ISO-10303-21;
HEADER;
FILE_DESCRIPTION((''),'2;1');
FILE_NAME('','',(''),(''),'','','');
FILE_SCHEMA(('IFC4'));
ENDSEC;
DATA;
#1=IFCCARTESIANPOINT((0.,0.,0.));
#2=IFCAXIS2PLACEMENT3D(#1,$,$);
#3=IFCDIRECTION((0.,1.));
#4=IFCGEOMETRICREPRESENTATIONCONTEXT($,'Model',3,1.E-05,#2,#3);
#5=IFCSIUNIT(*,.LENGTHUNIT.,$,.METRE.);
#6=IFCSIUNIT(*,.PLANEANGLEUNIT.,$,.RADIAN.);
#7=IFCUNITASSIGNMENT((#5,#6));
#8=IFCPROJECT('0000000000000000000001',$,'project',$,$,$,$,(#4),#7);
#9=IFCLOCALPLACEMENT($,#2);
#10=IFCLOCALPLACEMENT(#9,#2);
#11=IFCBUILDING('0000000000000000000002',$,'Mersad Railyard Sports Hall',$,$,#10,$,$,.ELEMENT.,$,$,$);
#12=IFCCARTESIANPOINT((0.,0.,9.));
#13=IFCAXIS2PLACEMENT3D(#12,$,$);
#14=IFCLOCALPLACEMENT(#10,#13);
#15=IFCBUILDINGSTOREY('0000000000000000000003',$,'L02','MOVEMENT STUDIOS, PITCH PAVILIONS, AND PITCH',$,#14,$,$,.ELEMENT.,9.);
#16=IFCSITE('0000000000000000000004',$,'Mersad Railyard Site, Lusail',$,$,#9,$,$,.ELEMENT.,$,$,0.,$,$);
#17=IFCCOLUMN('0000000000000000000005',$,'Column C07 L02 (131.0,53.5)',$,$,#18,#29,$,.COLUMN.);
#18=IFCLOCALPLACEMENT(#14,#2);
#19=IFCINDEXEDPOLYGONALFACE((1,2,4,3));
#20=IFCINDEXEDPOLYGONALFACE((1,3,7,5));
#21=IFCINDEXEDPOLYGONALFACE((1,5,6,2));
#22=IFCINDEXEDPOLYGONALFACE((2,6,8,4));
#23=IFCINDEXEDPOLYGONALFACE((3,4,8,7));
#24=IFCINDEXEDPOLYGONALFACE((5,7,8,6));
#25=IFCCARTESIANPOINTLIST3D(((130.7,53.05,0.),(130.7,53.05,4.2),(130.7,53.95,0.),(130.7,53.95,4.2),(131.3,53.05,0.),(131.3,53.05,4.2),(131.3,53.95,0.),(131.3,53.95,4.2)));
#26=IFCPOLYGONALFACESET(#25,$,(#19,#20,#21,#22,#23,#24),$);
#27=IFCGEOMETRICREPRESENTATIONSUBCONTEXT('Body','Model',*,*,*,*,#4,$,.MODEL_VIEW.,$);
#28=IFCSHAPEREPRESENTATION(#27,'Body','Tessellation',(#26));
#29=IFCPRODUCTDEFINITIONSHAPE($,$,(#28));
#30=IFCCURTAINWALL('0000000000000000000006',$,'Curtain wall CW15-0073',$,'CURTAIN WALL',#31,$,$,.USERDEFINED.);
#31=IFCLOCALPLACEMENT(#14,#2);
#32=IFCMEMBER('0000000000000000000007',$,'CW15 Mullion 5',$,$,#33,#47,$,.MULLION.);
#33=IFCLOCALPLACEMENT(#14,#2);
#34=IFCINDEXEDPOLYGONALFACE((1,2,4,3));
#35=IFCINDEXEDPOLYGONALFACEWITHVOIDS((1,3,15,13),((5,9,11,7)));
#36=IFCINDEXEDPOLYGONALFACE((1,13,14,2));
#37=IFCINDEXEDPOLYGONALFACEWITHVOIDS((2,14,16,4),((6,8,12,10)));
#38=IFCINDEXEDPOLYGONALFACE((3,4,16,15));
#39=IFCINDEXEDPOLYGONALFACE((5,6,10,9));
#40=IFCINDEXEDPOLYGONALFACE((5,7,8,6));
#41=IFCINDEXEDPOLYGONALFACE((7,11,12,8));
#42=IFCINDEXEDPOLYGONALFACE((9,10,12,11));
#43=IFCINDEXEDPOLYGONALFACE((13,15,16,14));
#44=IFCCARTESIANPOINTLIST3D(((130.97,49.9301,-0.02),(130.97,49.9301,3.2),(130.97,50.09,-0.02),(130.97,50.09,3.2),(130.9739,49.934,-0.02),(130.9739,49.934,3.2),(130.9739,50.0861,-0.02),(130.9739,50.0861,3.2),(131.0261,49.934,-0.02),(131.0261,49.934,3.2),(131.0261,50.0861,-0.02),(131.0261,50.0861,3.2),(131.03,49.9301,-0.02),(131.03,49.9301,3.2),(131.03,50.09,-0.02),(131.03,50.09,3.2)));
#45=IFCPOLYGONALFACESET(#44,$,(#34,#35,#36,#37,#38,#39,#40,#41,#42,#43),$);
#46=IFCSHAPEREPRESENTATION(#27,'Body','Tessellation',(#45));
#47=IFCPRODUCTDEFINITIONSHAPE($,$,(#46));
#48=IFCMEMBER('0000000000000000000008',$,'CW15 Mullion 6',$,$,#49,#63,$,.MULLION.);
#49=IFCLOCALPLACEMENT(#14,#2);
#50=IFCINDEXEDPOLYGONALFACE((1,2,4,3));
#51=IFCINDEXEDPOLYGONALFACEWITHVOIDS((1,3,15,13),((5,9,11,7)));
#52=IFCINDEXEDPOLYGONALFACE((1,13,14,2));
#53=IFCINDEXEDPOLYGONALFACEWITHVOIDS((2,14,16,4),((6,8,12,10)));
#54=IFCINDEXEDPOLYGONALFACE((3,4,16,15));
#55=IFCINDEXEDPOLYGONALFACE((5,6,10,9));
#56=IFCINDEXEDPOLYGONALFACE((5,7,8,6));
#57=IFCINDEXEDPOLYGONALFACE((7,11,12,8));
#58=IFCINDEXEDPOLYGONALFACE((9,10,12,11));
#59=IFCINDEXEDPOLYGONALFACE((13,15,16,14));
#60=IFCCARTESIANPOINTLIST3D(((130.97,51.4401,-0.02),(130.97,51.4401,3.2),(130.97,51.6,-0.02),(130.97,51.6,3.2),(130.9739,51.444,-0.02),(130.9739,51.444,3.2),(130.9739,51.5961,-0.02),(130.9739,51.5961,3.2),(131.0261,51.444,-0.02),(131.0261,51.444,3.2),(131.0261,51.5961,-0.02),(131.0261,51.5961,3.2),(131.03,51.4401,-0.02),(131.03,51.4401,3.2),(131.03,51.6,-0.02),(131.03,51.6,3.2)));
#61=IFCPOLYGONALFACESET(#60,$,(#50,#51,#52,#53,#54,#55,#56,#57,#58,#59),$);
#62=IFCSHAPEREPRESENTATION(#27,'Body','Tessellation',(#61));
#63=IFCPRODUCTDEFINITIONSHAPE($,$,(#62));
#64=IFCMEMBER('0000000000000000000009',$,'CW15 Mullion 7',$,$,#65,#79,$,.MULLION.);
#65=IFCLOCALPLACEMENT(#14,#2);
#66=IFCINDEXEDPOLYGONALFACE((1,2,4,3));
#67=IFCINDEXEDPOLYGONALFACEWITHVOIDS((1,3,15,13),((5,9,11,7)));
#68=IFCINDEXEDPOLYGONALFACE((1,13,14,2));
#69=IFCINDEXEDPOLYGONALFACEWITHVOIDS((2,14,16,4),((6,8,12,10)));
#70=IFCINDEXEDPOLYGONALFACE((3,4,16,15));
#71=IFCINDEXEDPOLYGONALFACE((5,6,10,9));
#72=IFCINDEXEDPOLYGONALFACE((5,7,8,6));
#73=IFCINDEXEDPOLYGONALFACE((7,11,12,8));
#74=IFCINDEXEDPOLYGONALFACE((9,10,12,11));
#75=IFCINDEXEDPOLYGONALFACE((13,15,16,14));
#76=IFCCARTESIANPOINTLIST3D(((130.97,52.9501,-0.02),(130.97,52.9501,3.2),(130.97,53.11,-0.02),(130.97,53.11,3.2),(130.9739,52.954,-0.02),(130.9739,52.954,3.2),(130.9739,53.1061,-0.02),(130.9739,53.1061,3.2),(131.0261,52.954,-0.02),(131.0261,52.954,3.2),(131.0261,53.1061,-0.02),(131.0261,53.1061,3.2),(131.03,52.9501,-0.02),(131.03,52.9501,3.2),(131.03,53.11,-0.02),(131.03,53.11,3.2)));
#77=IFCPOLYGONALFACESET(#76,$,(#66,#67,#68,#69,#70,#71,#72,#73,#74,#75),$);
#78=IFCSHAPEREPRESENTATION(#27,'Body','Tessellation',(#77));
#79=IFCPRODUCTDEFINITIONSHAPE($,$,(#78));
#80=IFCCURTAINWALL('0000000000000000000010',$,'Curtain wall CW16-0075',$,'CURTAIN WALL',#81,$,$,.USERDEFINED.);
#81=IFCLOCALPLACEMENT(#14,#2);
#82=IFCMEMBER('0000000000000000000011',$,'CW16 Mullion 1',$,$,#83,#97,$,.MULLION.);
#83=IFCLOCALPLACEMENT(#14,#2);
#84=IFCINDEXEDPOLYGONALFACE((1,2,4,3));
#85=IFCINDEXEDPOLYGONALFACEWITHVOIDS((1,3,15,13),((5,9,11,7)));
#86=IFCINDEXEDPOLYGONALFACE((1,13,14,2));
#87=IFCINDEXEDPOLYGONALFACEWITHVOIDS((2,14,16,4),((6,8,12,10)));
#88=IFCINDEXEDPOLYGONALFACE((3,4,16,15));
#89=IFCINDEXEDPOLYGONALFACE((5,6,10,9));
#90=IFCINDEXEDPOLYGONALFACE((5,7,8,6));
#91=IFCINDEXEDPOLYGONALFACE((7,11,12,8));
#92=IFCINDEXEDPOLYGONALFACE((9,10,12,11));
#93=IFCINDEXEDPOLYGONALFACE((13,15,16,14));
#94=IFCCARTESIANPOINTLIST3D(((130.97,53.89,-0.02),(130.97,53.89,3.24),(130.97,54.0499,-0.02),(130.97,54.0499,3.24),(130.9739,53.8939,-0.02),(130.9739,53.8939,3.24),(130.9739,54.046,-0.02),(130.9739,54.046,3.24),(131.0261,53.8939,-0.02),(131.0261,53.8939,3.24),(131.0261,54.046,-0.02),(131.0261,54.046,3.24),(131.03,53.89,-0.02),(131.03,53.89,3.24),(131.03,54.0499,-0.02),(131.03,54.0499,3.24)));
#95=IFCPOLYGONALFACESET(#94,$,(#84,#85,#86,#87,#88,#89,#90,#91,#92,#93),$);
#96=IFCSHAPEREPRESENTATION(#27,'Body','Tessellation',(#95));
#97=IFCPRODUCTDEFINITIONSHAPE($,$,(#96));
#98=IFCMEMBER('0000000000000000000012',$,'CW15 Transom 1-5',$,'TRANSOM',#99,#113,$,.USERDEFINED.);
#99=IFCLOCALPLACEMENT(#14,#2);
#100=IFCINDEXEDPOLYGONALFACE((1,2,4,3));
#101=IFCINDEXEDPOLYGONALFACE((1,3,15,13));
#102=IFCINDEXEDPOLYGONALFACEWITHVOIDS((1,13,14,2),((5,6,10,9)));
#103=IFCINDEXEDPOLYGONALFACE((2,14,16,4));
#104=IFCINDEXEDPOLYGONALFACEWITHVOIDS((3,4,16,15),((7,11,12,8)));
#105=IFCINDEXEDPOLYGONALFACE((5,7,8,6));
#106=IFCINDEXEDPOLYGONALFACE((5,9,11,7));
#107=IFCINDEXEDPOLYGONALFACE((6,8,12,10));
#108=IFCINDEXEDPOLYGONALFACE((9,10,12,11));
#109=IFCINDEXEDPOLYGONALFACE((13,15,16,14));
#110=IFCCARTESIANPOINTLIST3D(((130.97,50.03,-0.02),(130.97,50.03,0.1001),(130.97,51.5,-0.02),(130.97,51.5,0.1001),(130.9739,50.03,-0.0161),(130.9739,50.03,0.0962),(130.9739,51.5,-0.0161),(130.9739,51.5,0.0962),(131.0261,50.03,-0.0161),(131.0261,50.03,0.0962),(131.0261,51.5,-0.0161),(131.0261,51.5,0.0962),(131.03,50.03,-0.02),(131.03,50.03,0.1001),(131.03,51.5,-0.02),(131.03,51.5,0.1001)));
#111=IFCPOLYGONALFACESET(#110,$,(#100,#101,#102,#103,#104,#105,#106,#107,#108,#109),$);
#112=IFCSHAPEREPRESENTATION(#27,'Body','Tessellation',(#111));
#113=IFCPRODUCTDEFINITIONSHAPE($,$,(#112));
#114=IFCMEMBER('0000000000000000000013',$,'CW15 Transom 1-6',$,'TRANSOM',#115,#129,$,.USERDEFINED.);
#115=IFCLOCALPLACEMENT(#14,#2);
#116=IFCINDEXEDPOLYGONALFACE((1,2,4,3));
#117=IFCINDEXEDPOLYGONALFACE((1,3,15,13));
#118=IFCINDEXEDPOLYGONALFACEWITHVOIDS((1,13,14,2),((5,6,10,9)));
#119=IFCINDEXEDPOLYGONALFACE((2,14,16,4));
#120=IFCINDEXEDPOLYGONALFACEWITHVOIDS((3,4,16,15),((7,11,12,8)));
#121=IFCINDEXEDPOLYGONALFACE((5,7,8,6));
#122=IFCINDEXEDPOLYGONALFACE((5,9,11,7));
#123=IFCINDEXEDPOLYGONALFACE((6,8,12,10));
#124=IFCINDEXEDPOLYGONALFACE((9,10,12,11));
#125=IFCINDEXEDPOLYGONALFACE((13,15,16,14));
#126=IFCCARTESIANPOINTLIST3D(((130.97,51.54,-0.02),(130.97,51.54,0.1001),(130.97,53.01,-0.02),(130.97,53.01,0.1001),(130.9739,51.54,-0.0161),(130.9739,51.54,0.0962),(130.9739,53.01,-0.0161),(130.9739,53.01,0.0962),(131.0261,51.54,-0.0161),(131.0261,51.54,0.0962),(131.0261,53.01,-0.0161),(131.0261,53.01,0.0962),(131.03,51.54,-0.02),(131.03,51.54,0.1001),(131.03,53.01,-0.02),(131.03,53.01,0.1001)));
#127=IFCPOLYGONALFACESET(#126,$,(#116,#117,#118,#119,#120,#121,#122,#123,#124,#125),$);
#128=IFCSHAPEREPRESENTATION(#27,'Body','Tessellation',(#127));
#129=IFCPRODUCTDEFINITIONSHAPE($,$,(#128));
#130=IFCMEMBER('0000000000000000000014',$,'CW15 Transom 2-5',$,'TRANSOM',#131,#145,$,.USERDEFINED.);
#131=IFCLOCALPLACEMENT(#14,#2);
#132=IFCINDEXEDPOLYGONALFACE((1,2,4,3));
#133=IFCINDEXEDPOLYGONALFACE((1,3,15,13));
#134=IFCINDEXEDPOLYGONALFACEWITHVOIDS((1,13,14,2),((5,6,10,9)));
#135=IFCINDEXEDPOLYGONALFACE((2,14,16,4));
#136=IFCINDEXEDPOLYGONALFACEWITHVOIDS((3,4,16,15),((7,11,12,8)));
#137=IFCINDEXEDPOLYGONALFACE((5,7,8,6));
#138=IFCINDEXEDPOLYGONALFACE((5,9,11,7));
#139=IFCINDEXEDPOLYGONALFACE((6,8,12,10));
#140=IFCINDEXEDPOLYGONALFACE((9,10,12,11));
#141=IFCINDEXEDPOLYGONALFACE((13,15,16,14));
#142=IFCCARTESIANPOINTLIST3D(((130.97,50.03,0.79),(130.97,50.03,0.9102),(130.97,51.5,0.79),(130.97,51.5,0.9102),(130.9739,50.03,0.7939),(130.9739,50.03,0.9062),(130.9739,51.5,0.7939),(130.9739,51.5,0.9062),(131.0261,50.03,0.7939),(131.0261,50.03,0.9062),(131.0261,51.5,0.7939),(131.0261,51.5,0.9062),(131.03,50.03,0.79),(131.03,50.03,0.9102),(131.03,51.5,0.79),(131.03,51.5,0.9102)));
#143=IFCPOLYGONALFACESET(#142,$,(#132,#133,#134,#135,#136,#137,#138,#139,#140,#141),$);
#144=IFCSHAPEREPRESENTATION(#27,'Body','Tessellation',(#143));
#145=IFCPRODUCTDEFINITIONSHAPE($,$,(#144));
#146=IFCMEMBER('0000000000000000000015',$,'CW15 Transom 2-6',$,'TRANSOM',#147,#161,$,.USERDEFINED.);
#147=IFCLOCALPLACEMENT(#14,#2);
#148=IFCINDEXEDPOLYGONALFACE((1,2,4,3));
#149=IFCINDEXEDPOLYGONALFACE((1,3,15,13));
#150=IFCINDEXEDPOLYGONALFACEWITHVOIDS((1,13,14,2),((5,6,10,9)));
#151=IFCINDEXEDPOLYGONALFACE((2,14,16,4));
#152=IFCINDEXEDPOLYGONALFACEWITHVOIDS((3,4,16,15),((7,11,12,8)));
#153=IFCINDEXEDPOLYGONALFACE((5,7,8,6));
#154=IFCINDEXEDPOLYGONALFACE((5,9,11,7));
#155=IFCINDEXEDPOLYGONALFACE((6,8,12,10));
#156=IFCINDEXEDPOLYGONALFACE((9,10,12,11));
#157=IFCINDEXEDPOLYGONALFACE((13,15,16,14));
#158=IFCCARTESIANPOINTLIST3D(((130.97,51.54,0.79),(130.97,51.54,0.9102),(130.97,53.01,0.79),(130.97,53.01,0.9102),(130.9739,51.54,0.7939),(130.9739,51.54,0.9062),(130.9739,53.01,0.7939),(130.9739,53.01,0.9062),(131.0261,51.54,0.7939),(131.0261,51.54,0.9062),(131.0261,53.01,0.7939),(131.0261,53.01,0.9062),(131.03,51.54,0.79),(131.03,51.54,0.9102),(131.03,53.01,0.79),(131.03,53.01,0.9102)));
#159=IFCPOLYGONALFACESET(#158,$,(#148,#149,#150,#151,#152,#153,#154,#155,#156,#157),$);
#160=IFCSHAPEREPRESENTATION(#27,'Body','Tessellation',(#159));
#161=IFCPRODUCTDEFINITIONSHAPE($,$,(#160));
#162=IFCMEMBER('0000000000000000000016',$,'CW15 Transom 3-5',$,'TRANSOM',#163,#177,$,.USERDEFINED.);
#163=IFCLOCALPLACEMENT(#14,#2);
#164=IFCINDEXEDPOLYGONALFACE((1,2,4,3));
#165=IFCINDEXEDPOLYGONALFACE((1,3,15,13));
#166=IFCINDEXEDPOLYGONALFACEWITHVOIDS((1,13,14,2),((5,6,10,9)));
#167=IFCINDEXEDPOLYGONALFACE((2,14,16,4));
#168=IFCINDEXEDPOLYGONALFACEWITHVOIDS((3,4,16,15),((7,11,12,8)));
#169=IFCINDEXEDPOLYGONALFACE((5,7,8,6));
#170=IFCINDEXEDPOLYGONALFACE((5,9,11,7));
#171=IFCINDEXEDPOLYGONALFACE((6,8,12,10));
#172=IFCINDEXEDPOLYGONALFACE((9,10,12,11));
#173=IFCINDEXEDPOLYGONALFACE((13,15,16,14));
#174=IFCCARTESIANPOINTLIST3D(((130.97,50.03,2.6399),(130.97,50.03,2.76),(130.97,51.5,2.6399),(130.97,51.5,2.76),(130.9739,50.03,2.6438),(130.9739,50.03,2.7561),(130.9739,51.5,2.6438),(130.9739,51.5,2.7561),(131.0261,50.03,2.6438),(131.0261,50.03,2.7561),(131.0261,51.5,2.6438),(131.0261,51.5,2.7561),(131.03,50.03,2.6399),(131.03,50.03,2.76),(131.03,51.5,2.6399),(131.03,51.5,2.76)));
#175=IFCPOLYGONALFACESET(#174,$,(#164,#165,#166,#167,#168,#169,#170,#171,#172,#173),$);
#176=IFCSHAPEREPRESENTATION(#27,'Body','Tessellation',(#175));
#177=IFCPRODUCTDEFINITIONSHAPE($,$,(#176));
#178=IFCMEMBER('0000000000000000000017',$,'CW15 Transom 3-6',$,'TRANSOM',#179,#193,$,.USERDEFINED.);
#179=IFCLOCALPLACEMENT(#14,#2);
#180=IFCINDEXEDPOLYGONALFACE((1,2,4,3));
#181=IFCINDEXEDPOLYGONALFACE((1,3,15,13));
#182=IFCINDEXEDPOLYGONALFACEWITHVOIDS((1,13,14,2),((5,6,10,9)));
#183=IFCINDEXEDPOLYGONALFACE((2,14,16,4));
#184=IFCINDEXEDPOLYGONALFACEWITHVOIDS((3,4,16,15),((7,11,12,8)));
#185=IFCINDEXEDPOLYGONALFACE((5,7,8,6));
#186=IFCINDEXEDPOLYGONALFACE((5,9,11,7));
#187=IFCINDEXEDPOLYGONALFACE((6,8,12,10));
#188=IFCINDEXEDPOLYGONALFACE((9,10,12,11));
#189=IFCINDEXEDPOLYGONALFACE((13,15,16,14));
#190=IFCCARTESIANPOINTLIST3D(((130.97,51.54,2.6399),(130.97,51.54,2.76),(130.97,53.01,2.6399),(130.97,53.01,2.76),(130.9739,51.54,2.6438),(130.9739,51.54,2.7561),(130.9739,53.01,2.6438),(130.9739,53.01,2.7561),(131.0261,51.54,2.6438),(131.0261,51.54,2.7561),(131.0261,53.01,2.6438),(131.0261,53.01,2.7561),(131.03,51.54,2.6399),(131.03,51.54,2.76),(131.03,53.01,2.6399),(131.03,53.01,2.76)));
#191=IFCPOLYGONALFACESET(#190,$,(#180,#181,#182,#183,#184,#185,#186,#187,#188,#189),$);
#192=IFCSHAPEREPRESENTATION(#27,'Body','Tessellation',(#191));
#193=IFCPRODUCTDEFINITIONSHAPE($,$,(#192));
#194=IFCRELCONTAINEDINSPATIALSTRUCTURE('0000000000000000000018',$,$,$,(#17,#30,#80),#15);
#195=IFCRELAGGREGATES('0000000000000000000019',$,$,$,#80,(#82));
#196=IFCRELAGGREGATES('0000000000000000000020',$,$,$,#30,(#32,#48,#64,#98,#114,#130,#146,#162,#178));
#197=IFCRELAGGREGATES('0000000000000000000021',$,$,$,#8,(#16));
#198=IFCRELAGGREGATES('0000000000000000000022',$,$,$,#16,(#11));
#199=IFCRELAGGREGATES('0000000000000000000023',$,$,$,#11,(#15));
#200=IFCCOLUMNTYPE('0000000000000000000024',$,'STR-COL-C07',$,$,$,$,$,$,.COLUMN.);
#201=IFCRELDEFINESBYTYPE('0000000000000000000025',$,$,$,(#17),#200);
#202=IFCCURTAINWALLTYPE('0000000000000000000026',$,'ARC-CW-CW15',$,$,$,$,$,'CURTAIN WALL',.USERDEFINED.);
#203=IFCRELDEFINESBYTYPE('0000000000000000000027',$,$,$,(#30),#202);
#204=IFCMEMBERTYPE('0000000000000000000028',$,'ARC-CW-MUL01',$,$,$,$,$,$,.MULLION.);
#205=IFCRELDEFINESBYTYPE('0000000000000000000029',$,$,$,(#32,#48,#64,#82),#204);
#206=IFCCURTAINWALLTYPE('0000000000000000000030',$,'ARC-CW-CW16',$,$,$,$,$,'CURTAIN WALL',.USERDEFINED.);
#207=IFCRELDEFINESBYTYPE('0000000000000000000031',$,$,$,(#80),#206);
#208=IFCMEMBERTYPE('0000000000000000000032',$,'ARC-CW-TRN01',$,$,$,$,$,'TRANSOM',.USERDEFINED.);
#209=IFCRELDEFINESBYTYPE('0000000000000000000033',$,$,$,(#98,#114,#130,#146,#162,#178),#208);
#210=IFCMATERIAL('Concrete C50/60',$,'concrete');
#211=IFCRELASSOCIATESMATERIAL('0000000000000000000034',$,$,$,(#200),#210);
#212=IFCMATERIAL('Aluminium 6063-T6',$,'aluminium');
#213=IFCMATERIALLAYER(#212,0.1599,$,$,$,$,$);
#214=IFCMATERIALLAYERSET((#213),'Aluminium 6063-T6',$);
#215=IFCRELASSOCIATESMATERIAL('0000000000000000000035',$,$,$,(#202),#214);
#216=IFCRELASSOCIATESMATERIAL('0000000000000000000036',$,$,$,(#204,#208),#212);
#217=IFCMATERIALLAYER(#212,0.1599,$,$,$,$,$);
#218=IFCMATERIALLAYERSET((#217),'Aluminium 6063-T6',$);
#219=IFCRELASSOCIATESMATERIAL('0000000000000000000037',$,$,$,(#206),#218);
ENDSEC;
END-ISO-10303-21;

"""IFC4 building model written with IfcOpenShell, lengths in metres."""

from ifc_helpers import new_model, si_unit, direction, frame, origin, origin_2d, place, context, subcontext, project, spatial, rectangle, hollow_rectangle, extrude, material, layer, layer_set, material_profile, profile_set, type_object, element, aggregate, save


model = new_model("IFC4")

# Units and contexts
model_context = context("Model", 3, precision=1e-05, world=origin(), true_north=direction((0.0, 1.0)))
body_context = subcontext(model_context, "Body", "Model", "MODEL_VIEW")
ifc_project = project(units=[si_unit("LENGTHUNIT", "METRE"), si_unit("PLANEANGLEUNIT", "RADIAN")], contexts=[model_context])

# Site, building, storey
site_placement = place(None, origin())
site = spatial("IfcSite", under=ifc_project, at=site_placement, Name="Mersad Railyard Site, Lusail", CompositionType="ELEMENT", RefElevation=0.0)
building_placement = place(site_placement, origin())
building = spatial("IfcBuilding", under=site, at=building_placement, Name="Mersad Railyard Sports Hall", CompositionType="ELEMENT")
storey_placement = place(building_placement, frame((0.0, 0.0, 9.0)))
storey = spatial("IfcBuildingStorey", under=building, at=storey_placement, Name="L02", Description="MOVEMENT STUDIOS, PITCH PAVILIONS, AND PITCH", CompositionType="ELEMENT", Elevation=9.0)

# Column
ifc_material_1 = material(Name="Concrete C50/60", Category="concrete")
ifc_material_profile_1 = material_profile(ifc_material_1, rectangle(XDim=0.6001, YDim=0.8999, at=origin_2d()), Name="RC 600x900")
ifc_profile_set_1 = profile_set([ifc_material_profile_1], Name="Concrete C50/60")
column_type = type_object("IfcColumnType", Name="STR-COL-C07", PredefinedType="COLUMN", material=ifc_profile_set_1)
column_placement = place(storey_placement, frame((131.0, 53.5, 0.0), z_axis=(0.0, 0.0, 1.0), x_axis=(1.0, 0.0, 0.0)))
element("IfcColumn", 1, at=column_placement, inside=storey, type_object=column_type, Name="Column C07 L02 (131.0,53.5)", PredefinedType="COLUMN", context=body_context, shape_type="SweptSolid", body=[
    extrude(rectangle(XDim=0.6001, YDim=0.8999, at=origin_2d()), origin(), (0.0, 0.0, 1.0), 4.2),
])

# Curtain wall, members
ifc_material_2 = material(Name="Aluminium 6063-T6", Category="aluminium")
ifc_layer_1 = layer(ifc_material_2, 0.1599)
ifc_layer_set_1 = layer_set([ifc_layer_1], Name="Aluminium 6063-T6")
curtain_wall_type_1 = type_object("IfcCurtainWallType", Name="ARC-CW-CW15", ElementType="CURTAIN WALL", PredefinedType="USERDEFINED", material=ifc_layer_set_1)
curtain_wall_1_placement = place(storey_placement, origin())
curtain_wall_1 = element("IfcCurtainWall", 2, at=curtain_wall_1_placement, inside=storey, type_object=curtain_wall_type_1, Name="Curtain wall CW15-0073", ObjectType="CURTAIN WALL", PredefinedType="USERDEFINED")
ifc_material_profile_2 = material_profile(ifc_material_2, hollow_rectangle(XDim=0.0601, YDim=0.1599, WallThickness=0.0039, at=origin_2d()), Name="AL MULLION 60x160x4")
ifc_profile_set_2 = profile_set([ifc_material_profile_2], Name="Aluminium 6063-T6")
member_type_1 = type_object("IfcMemberType", Name="ARC-CW-MUL01", PredefinedType="MULLION", material=ifc_profile_set_2)
member_1_placement = place(storey_placement, frame((131.0, 50.01, -0.02), z_axis=(0.0, 0.0, 1.0), x_axis=(1.0, 0.0, 0.0)))
member_1 = element("IfcMember", 3, at=member_1_placement, type_object=member_type_1, Name="CW15 Mullion 5", PredefinedType="MULLION", context=body_context, shape_type="SweptSolid", body=[
    extrude(hollow_rectangle(XDim=0.0601, YDim=0.1599, WallThickness=0.0039, at=origin_2d()), origin(), (0.0, 0.0, 1.0), 3.22),
])
member_2_placement = place(storey_placement, frame((131.0, 51.52, -0.02), z_axis=(0.0, 0.0, 1.0), x_axis=(1.0, 0.0, 0.0)))
member_2 = element("IfcMember", 4, at=member_2_placement, type_object=member_type_1, Name="CW15 Mullion 6", PredefinedType="MULLION", context=body_context, shape_type="SweptSolid", body=[
    extrude(hollow_rectangle(XDim=0.0601, YDim=0.1599, WallThickness=0.0039, at=origin_2d()), origin(), (0.0, 0.0, 1.0), 3.22),
])
member_3_placement = place(storey_placement, frame((131.0, 53.03, -0.02), z_axis=(0.0, 0.0, 1.0), x_axis=(1.0, 0.0, 0.0)))
member_3 = element("IfcMember", 5, at=member_3_placement, type_object=member_type_1, Name="CW15 Mullion 7", PredefinedType="MULLION", context=body_context, shape_type="SweptSolid", body=[
    extrude(hollow_rectangle(XDim=0.0601, YDim=0.1599, WallThickness=0.0039, at=origin_2d()), origin(), (0.0, 0.0, 1.0), 3.22),
])

# Curtain wall, member
ifc_layer_2 = layer(ifc_material_2, 0.1599)
ifc_layer_set_2 = layer_set([ifc_layer_2], Name="Aluminium 6063-T6")
curtain_wall_type_2 = type_object("IfcCurtainWallType", Name="ARC-CW-CW16", ElementType="CURTAIN WALL", PredefinedType="USERDEFINED", material=ifc_layer_set_2)
curtain_wall_2_placement = place(storey_placement, origin())
curtain_wall_2 = element("IfcCurtainWall", 6, at=curtain_wall_2_placement, inside=storey, type_object=curtain_wall_type_2, Name="Curtain wall CW16-0075", ObjectType="CURTAIN WALL", PredefinedType="USERDEFINED")
member_4_placement = place(storey_placement, frame((131.0, 53.97, -0.02), z_axis=(0.0, 0.0, 1.0), x_axis=(1.0, 0.0, 0.0)))
member_4 = element("IfcMember", 7, at=member_4_placement, type_object=member_type_1, Name="CW16 Mullion 1", PredefinedType="MULLION", context=body_context, shape_type="SweptSolid", body=[
    extrude(hollow_rectangle(XDim=0.0601, YDim=0.1599, WallThickness=0.0039, at=origin_2d()), origin(), (0.0, 0.0, 1.0), 3.26),
])

# Members
ifc_material_profile_3 = material_profile(ifc_material_2, hollow_rectangle(XDim=0.0601, YDim=0.1201, WallThickness=0.0039, at=origin_2d()), Name="AL TRANSOM 60x120x4")
ifc_profile_set_3 = profile_set([ifc_material_profile_3], Name="Aluminium 6063-T6")
member_type_2 = type_object("IfcMemberType", Name="ARC-CW-TRN01", ElementType="TRANSOM", PredefinedType="USERDEFINED", material=ifc_profile_set_3)
member_5_placement = place(storey_placement, frame((131.0, 50.03, 0.04), z_axis=(0.0, 1.0, 0.0), x_axis=(-1.0, 0.0, 0.0)))
member_5 = element("IfcMember", 8, at=member_5_placement, type_object=member_type_2, Name="CW15 Transom 1-5", ObjectType="TRANSOM", PredefinedType="USERDEFINED", context=body_context, shape_type="SweptSolid", body=[
    extrude(hollow_rectangle(XDim=0.0601, YDim=0.1201, WallThickness=0.0039, at=origin_2d()), origin(), (0.0, 0.0, 1.0), 1.47),
])
member_6_placement = place(storey_placement, frame((131.0, 51.54, 0.04), z_axis=(0.0, 1.0, 0.0), x_axis=(-1.0, 0.0, 0.0)))
member_6 = element("IfcMember", 9, at=member_6_placement, type_object=member_type_2, Name="CW15 Transom 1-6", ObjectType="TRANSOM", PredefinedType="USERDEFINED", context=body_context, shape_type="SweptSolid", body=[
    extrude(hollow_rectangle(XDim=0.0601, YDim=0.1201, WallThickness=0.0039, at=origin_2d()), origin(), (0.0, 0.0, 1.0), 1.47),
])
member_7_placement = place(storey_placement, frame((131.0, 50.03, 0.8501), z_axis=(0.0, 1.0, 0.0), x_axis=(-1.0, 0.0, 0.0)))
member_7 = element("IfcMember", 10, at=member_7_placement, type_object=member_type_2, Name="CW15 Transom 2-5", ObjectType="TRANSOM", PredefinedType="USERDEFINED", context=body_context, shape_type="SweptSolid", body=[
    extrude(hollow_rectangle(XDim=0.0601, YDim=0.1201, WallThickness=0.0039, at=origin_2d()), origin(), (0.0, 0.0, 1.0), 1.47),
])
member_8_placement = place(storey_placement, frame((131.0, 51.54, 0.8501), z_axis=(0.0, 1.0, 0.0), x_axis=(-1.0, 0.0, 0.0)))
member_8 = element("IfcMember", 11, at=member_8_placement, type_object=member_type_2, Name="CW15 Transom 2-6", ObjectType="TRANSOM", PredefinedType="USERDEFINED", context=body_context, shape_type="SweptSolid", body=[
    extrude(hollow_rectangle(XDim=0.0601, YDim=0.1201, WallThickness=0.0039, at=origin_2d()), origin(), (0.0, 0.0, 1.0), 1.47),
])
member_9_placement = place(storey_placement, frame((131.0, 50.03, 2.7), z_axis=(0.0, 1.0, 0.0), x_axis=(-1.0, 0.0, 0.0)))
member_9 = element("IfcMember", 12, at=member_9_placement, type_object=member_type_2, Name="CW15 Transom 3-5", ObjectType="TRANSOM", PredefinedType="USERDEFINED", context=body_context, shape_type="SweptSolid", body=[
    extrude(hollow_rectangle(XDim=0.0601, YDim=0.1201, WallThickness=0.0039, at=origin_2d()), origin(), (0.0, 0.0, 1.0), 1.47),
])
member_10_placement = place(storey_placement, frame((131.0, 51.54, 2.7), z_axis=(0.0, 1.0, 0.0), x_axis=(-1.0, 0.0, 0.0)))
member_10 = element("IfcMember", 13, at=member_10_placement, type_object=member_type_2, Name="CW15 Transom 3-6", ObjectType="TRANSOM", PredefinedType="USERDEFINED", context=body_context, shape_type="SweptSolid", body=[
    extrude(hollow_rectangle(XDim=0.0601, YDim=0.1201, WallThickness=0.0039, at=origin_2d()), origin(), (0.0, 0.0, 1.0), 1.47),
])
aggregate(curtain_wall_2, [member_4])

aggregate(curtain_wall_1, [member_1, member_2, member_3, member_5, member_6, member_7, member_8, member_9, member_10])

save(model, "model.ifc")
